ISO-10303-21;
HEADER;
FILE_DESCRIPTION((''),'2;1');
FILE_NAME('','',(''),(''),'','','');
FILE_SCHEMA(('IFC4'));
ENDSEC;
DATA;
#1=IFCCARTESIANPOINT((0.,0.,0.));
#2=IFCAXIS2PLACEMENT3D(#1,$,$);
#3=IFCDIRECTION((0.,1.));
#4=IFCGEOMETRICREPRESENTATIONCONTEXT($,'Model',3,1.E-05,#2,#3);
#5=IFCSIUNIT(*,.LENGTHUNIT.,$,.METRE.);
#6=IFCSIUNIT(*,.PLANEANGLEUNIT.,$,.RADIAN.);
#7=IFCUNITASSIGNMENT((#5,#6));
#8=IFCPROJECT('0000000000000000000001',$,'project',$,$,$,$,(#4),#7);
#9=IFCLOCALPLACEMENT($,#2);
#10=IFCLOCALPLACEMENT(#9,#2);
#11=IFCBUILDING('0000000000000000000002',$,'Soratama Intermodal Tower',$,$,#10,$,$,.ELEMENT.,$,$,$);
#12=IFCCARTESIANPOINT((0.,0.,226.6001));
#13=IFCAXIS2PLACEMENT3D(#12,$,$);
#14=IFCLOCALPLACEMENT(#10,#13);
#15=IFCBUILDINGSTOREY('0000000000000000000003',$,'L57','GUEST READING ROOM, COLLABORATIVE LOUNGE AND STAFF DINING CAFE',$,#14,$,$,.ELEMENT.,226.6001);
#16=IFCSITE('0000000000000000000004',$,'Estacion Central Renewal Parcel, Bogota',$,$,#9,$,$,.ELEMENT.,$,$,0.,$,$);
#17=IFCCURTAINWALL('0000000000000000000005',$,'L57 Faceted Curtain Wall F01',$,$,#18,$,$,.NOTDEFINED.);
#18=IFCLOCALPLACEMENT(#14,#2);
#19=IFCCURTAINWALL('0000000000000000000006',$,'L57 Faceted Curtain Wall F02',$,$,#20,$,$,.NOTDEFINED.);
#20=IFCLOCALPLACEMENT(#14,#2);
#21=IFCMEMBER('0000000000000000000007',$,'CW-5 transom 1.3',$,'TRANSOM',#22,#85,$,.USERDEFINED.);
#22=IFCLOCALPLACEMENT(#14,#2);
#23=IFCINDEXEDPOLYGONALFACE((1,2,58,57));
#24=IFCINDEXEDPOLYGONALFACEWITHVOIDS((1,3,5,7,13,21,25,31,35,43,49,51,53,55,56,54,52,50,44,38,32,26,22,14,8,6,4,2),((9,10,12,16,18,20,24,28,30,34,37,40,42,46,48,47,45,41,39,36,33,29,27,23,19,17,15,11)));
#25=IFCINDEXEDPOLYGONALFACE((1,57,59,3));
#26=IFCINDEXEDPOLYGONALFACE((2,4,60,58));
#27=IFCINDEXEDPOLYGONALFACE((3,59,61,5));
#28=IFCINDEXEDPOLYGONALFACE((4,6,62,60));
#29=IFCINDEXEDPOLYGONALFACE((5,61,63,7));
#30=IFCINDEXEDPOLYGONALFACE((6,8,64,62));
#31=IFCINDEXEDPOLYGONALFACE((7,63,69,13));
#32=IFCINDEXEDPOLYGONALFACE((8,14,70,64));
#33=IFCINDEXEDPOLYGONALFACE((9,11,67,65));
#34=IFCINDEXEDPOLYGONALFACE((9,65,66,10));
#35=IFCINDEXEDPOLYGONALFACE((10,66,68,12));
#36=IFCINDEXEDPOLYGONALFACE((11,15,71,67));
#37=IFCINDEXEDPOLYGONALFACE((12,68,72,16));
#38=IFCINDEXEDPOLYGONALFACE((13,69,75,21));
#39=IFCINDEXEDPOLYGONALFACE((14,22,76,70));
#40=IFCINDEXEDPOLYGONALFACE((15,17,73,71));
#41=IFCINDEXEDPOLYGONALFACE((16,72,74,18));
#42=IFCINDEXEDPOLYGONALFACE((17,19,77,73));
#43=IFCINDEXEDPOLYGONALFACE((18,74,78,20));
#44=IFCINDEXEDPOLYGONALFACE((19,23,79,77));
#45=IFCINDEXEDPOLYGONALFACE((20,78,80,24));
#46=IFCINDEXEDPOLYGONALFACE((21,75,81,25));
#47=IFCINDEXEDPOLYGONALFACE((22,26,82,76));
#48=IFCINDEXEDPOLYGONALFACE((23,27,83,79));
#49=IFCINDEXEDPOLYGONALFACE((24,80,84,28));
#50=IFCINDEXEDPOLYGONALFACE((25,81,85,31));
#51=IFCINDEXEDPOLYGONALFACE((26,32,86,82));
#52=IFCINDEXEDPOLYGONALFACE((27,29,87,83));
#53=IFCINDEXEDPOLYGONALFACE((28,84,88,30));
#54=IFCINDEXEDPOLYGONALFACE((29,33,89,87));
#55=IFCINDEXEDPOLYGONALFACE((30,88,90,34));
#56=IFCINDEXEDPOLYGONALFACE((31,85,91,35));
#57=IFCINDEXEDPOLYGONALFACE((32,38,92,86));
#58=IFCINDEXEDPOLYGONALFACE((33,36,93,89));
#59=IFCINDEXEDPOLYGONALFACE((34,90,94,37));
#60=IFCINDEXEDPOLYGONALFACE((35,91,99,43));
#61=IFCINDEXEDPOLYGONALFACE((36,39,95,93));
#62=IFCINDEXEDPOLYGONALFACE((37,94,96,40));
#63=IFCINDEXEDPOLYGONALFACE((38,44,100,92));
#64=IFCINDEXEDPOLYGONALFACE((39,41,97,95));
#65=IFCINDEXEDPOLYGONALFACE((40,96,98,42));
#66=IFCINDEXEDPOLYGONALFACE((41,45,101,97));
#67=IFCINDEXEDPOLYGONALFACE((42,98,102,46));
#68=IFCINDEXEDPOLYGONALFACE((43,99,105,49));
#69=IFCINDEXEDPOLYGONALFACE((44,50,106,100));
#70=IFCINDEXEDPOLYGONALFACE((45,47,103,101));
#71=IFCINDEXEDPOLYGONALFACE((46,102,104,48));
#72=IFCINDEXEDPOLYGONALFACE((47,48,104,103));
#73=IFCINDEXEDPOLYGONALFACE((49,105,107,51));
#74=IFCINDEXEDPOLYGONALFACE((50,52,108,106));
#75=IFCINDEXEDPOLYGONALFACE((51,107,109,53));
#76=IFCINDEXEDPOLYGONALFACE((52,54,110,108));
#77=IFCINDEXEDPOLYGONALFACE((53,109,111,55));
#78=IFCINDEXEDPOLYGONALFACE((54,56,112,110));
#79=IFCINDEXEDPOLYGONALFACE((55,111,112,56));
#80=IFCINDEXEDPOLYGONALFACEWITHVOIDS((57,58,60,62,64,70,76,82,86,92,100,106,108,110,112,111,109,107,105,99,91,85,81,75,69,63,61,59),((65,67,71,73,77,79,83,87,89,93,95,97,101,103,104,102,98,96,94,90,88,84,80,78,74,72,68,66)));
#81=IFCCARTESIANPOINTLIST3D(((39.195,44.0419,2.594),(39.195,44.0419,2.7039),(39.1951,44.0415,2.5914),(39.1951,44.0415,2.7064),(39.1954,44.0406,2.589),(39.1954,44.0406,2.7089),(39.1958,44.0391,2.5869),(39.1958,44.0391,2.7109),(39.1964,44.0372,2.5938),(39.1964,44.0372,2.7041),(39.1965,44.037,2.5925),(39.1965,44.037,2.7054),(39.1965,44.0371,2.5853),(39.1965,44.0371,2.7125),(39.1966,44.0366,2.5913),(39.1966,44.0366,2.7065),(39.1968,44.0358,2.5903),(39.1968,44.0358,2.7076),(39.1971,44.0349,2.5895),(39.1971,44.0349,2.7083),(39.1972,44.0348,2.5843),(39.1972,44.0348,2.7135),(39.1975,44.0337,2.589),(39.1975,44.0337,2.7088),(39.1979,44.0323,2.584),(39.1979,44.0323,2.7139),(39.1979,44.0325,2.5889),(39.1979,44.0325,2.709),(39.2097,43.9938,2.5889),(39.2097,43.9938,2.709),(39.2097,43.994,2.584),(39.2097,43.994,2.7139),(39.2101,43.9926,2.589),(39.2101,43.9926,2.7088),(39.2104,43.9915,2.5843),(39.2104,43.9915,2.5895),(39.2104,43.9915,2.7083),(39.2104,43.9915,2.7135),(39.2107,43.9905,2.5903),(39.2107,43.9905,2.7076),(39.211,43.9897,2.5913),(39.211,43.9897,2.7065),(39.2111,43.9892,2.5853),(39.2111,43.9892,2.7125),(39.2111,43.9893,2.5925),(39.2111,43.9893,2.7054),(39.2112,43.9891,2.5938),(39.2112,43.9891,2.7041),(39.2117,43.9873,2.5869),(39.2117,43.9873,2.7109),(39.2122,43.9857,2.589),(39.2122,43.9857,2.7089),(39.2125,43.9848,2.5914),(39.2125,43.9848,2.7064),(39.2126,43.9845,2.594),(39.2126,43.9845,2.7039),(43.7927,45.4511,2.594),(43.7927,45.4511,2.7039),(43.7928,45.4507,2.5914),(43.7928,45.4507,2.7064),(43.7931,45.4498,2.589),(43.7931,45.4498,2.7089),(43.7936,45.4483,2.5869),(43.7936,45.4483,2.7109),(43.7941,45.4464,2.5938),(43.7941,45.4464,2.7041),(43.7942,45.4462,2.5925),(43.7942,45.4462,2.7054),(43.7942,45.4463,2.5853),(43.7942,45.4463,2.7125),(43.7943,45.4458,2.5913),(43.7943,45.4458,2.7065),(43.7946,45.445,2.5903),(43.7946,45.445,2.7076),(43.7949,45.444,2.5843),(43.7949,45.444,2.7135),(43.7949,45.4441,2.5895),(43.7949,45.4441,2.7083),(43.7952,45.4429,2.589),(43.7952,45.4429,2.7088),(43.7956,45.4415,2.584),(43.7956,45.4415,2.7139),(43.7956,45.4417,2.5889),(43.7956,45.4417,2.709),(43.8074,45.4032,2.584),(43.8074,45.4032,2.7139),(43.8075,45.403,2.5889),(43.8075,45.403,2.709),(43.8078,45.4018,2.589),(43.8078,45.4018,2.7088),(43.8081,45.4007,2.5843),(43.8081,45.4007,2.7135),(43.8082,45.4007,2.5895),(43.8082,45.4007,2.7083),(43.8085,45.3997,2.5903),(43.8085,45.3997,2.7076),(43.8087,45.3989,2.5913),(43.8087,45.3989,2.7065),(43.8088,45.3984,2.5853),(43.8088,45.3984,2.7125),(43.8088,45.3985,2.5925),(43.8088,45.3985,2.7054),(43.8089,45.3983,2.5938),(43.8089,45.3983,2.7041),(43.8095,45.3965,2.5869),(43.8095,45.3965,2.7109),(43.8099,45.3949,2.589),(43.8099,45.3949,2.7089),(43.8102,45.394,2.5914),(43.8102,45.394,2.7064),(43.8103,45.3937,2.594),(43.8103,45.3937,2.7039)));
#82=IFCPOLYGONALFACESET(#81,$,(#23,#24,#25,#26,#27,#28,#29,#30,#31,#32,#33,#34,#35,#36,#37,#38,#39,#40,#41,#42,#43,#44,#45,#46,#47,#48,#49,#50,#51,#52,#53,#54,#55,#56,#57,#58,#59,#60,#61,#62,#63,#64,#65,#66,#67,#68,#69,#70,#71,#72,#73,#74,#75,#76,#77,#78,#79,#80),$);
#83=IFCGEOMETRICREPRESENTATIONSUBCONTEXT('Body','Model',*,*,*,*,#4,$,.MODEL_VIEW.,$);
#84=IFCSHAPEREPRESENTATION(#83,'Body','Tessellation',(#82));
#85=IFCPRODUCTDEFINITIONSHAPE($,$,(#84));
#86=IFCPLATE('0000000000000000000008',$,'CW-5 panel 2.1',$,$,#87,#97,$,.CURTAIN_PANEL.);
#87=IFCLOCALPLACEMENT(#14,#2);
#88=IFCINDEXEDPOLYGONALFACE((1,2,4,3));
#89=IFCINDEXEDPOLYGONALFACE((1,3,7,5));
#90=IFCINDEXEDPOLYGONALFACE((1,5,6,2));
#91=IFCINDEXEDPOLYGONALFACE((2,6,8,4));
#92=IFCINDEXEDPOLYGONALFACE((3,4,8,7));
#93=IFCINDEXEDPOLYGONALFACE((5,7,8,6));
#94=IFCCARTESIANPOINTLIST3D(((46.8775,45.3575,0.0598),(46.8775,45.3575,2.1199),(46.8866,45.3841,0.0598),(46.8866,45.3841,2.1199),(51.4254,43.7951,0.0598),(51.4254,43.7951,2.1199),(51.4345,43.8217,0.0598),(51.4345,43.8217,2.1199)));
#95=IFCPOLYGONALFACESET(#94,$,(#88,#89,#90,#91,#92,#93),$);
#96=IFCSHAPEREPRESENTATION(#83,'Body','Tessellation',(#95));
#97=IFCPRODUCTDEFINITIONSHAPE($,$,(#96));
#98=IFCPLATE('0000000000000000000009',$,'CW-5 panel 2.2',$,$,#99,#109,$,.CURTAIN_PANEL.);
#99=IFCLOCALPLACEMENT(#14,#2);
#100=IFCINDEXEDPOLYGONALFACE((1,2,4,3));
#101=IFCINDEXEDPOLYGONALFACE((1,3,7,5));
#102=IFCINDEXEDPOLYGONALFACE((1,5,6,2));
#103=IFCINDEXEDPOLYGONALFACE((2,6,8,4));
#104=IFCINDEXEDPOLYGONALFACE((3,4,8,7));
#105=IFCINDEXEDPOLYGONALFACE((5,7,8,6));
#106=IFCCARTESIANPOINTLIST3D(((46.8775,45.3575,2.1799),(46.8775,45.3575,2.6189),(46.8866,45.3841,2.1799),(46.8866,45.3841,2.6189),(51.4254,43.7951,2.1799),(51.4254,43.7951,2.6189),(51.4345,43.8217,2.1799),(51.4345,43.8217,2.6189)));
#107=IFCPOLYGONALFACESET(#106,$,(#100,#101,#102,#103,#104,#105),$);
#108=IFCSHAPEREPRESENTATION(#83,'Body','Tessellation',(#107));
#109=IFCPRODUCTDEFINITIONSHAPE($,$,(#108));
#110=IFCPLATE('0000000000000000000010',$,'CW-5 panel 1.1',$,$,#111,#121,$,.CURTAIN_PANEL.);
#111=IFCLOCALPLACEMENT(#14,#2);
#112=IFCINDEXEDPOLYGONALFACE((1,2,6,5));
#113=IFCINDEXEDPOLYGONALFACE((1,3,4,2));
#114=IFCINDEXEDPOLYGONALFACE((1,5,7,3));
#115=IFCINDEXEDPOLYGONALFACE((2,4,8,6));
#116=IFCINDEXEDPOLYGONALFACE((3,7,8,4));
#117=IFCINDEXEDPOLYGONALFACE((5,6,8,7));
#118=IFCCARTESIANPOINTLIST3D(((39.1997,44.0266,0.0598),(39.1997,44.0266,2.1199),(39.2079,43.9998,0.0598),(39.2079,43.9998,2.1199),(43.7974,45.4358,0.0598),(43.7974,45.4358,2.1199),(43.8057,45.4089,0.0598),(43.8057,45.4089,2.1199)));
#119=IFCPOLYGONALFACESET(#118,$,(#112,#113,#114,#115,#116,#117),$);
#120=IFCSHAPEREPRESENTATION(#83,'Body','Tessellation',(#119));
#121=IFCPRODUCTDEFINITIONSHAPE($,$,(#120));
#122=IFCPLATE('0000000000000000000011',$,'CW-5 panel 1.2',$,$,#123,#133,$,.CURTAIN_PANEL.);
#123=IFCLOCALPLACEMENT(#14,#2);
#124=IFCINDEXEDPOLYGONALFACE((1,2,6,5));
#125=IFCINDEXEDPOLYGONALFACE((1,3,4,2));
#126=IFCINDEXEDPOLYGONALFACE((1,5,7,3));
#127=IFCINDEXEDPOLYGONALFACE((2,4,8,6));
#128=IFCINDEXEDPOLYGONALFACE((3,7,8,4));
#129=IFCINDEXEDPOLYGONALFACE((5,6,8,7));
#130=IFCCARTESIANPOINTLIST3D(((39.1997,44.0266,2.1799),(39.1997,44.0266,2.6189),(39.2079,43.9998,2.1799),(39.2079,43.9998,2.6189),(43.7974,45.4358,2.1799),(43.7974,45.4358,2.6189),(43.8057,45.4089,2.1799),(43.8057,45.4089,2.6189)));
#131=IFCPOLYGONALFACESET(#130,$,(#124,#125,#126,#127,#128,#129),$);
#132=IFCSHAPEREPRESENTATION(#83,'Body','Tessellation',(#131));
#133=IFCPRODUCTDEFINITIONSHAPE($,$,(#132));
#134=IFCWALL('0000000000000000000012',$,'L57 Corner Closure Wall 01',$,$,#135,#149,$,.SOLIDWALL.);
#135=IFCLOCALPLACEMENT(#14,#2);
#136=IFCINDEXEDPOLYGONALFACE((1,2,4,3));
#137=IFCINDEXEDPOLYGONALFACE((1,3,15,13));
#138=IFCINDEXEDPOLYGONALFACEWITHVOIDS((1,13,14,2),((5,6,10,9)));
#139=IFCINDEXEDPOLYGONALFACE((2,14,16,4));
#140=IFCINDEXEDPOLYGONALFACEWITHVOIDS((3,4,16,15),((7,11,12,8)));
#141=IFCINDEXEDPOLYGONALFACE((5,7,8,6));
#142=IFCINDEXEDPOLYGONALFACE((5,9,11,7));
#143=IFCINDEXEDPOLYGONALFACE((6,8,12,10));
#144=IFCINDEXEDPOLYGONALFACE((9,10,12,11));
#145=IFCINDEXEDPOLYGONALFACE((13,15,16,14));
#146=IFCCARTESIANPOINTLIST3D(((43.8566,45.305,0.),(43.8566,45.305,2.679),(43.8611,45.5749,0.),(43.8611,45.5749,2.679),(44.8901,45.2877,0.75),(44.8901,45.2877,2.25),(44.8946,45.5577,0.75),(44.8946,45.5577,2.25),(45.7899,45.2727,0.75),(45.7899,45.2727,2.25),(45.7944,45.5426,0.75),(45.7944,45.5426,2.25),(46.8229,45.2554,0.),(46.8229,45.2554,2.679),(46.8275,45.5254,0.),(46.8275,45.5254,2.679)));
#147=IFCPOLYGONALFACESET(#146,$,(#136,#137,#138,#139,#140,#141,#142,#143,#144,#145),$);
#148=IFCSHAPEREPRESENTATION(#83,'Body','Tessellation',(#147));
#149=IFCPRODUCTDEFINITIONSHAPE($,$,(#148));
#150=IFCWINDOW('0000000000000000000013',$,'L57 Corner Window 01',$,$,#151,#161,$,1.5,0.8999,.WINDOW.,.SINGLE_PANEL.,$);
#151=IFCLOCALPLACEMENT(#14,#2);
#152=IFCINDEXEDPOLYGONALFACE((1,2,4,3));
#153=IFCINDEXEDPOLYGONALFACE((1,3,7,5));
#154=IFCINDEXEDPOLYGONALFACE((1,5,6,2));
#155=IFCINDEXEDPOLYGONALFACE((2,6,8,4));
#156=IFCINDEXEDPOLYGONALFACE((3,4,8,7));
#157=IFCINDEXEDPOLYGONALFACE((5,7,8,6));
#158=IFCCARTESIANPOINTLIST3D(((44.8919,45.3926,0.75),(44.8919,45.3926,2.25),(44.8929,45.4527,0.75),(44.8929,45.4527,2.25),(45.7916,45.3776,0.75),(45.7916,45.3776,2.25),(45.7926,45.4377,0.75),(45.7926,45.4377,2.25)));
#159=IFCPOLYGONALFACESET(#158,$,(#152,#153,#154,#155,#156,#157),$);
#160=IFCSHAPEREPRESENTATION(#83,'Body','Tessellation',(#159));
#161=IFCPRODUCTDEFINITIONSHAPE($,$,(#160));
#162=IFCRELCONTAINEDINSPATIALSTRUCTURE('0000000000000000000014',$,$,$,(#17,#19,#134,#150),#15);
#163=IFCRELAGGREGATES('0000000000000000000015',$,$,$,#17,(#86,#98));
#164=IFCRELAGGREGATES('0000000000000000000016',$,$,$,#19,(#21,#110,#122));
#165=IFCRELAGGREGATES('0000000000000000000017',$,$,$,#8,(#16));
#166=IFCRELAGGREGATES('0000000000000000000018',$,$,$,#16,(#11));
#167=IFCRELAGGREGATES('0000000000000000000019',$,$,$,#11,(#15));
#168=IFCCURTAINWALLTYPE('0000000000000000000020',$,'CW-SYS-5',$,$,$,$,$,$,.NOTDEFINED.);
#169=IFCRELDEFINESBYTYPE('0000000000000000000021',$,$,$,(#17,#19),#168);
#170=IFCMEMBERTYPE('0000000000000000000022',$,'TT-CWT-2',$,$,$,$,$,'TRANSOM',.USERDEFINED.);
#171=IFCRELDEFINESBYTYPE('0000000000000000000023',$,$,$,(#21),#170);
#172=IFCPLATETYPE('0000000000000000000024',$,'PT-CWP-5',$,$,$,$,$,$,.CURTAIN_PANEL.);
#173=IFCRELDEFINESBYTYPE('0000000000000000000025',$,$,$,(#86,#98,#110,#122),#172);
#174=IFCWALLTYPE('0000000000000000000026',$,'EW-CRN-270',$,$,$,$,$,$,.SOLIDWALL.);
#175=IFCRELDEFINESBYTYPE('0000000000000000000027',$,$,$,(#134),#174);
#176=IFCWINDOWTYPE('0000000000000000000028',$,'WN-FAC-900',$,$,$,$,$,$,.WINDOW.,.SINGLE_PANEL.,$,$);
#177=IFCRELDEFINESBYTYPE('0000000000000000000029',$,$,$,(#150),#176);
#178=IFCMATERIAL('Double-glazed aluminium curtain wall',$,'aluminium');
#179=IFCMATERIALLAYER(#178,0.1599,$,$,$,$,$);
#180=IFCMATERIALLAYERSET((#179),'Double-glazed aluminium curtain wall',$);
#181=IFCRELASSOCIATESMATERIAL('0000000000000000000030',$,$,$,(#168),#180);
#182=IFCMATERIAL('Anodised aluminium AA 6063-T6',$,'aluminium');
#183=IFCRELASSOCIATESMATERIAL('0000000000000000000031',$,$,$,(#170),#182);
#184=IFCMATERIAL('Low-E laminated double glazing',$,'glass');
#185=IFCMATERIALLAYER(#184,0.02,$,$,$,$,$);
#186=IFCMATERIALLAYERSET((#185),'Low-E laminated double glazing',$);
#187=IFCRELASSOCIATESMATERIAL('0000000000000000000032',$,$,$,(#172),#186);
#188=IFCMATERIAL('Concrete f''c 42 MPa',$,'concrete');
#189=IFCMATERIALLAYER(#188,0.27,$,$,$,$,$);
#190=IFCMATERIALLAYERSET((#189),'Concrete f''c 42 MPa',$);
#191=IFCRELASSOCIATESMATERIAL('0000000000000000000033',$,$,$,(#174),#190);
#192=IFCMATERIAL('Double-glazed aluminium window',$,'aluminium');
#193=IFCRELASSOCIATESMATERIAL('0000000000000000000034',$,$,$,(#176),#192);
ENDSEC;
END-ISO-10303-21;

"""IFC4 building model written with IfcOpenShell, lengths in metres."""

from ifc_helpers import new_model, si_unit, direction, frame, frame_2d, origin, origin_2d, place, context, subcontext, project, spatial, rectangle, hollow_rectangle, extrude, material, layer, layer_set, material_profile, profile_set, type_object, element, fill, aggregate, save


model = new_model("IFC4")

# Units and contexts
model_context = context("Model", 3, precision=1e-05, world=origin(), true_north=direction((0.0, 1.0)))
body_context = subcontext(model_context, "Body", "Model", "MODEL_VIEW")
ifc_project = project(units=[si_unit("LENGTHUNIT", "METRE"), si_unit("PLANEANGLEUNIT", "RADIAN")], contexts=[model_context])

# Site, building, storey
site_placement = place(None, origin())
site = spatial("IfcSite", under=ifc_project, at=site_placement, Name="Estacion Central Renewal Parcel, Bogota", CompositionType="ELEMENT", RefElevation=0.0)
building_placement = place(site_placement, origin())
building = spatial("IfcBuilding", under=site, at=building_placement, Name="Soratama Intermodal Tower", CompositionType="ELEMENT")
storey_placement = place(building_placement, frame((0.0, 0.0, 226.6001)))
storey = spatial("IfcBuildingStorey", under=building, at=storey_placement, Name="L57", Description="GUEST READING ROOM, COLLABORATIVE LOUNGE AND STAFF DINING CAFE", CompositionType="ELEMENT", Elevation=226.6001)

# Curtain wall
ifc_material_1 = material(Name="Double-glazed aluminium curtain wall", Category="aluminium")
ifc_layer_1 = layer(ifc_material_1, 0.1599)
ifc_layer_set_1 = layer_set([ifc_layer_1], Name="Double-glazed aluminium curtain wall")
curtain_wall_type = type_object("IfcCurtainWallType", Name="CW-SYS-5", PredefinedType="NOTDEFINED", material=ifc_layer_set_1)
curtain_wall_1_placement = place(storey_placement, origin())
curtain_wall_1 = element("IfcCurtainWall", 1, at=curtain_wall_1_placement, inside=storey, type_object=curtain_wall_type, Name="L57 Faceted Curtain Wall F01", PredefinedType="NOTDEFINED")

# Curtain wall, member
curtain_wall_2_placement = place(storey_placement, origin())
curtain_wall_2 = element("IfcCurtainWall", 2, at=curtain_wall_2_placement, inside=storey, type_object=curtain_wall_type, Name="L57 Faceted Curtain Wall F02", PredefinedType="NOTDEFINED")
ifc_material_2 = material(Name="Anodised aluminium AA 6063-T6", Category="aluminium")
ifc_material_profile_1 = material_profile(ifc_material_2, hollow_rectangle(XDim=0.0601, YDim=0.1299, WallThickness=0.0049, InnerFilletRadius=0.0049, OuterFilletRadius=0.01, at=origin_2d()), Name="CWT130X60X5")
ifc_profile_set_1 = profile_set([ifc_material_profile_1], Name="Anodised aluminium AA 6063-T6")
member_type_1 = type_object("IfcMemberType", Name="TT-CWT-2", ElementType="TRANSOM", PredefinedType="USERDEFINED", material=ifc_profile_set_1)
member_1_placement = place(storey_placement, frame((43.8015, 45.4224, 2.6489), z_axis=(-0.956099, -0.293044, 0.0), x_axis=(0.293044, -0.956099, 0.0)))
member_1 = element("IfcMember", 3, at=member_1_placement, type_object=member_type_1, Name="CW-5 transom 1.3", ObjectType="TRANSOM", PredefinedType="USERDEFINED", context=body_context, shape_type="SweptSolid", body=[
    extrude(hollow_rectangle(XDim=0.0601, YDim=0.1299, WallThickness=0.0049, InnerFilletRadius=0.0049, OuterFilletRadius=0.01, at=origin_2d()), origin(), (0.0, 0.0, 1.0), 4.8088),
])

# Plates
ifc_material_3 = material(Name="Low-E laminated double glazing", Category="glass")
ifc_layer_2 = layer(ifc_material_3, 0.02)
ifc_layer_set_2 = layer_set([ifc_layer_2], Name="Low-E laminated double glazing")
plate_type = type_object("IfcPlateType", Name="PT-CWP-5", PredefinedType="CURTAIN_PANEL", material=ifc_layer_set_2)
plate_1_placement = place(storey_placement, frame((49.156, 44.5896, 0.0598), z_axis=(0.0, 0.0, 1.0), x_axis=(-0.945747, 0.324904, 0.0)))
plate_1 = element("IfcPlate", 4, at=plate_1_placement, type_object=plate_type, Name="CW-5 panel 2.1", PredefinedType="CURTAIN_PANEL", context=body_context, shape_type="SweptSolid", body=[
    extrude(rectangle(XDim=4.8088, YDim=0.0281, at=origin_2d()), origin(), (0.0, 0.0, 1.0), 2.0601),
])
plate_2_placement = place(storey_placement, frame((49.156, 44.5896, 2.1799), z_axis=(0.0, 0.0, 1.0), x_axis=(-0.945747, 0.324904, 0.0)))
plate_2 = element("IfcPlate", 5, at=plate_2_placement, type_object=plate_type, Name="CW-5 panel 2.2", PredefinedType="CURTAIN_PANEL", context=body_context, shape_type="SweptSolid", body=[
    extrude(rectangle(XDim=4.8088, YDim=0.0281, at=origin_2d()), origin(), (0.0, 0.0, 1.0), 0.439),
])
aggregate(curtain_wall_1, [plate_1, plate_2])
plate_3_placement = place(storey_placement, frame((41.5027, 44.7178, 0.0598), z_axis=(0.0, 0.0, 1.0), x_axis=(-0.9561, -0.293041, 0.0)))
plate_3 = element("IfcPlate", 6, at=plate_3_placement, type_object=plate_type, Name="CW-5 panel 1.1", PredefinedType="CURTAIN_PANEL", context=body_context, shape_type="SweptSolid", body=[
    extrude(rectangle(XDim=4.8088, YDim=0.0281, at=origin_2d()), origin(), (0.0, 0.0, 1.0), 2.0601),
])
plate_4_placement = place(storey_placement, frame((41.5027, 44.7178, 2.1799), z_axis=(0.0, 0.0, 1.0), x_axis=(-0.9561, -0.293041, 0.0)))
plate_4 = element("IfcPlate", 7, at=plate_4_placement, type_object=plate_type, Name="CW-5 panel 1.2", PredefinedType="CURTAIN_PANEL", context=body_context, shape_type="SweptSolid", body=[
    extrude(rectangle(XDim=4.8088, YDim=0.0281, at=origin_2d()), origin(), (0.0, 0.0, 1.0), 0.439),
])
aggregate(curtain_wall_2, [member_1, plate_3, plate_4])

# Wall, opening, window
ifc_material_4 = material(Name="Concrete f'c 42 MPa", Category="concrete")
ifc_layer_3 = layer(ifc_material_4, 0.27)
ifc_layer_set_3 = layer_set([ifc_layer_3], Name="Concrete f'c 42 MPa")
wall_type_1 = type_object("IfcWallType", Name="EW-CRN-270", PredefinedType="SOLIDWALL", material=ifc_layer_set_3)
wall_1_placement = place(storey_placement, frame((46.8252, 45.3904, 0.0), z_axis=(0.0, 0.0, 1.0), x_axis=(-0.99986, 0.016705, 0.0)))
wall_1 = element("IfcWall", 8, at=wall_1_placement, inside=storey, type_object=wall_type_1, Name="L57 Corner Closure Wall 01", PredefinedType="SOLIDWALL", context=body_context, shape_type="SweptSolid", body=[
    extrude(rectangle(XDim=2.9668, YDim=0.27, at=frame_2d((1.4834, 0.0))), origin(), (0.0, 0.0, 1.0), 2.679),
])
opening_1_placement = place(wall_1_placement, frame((1.0332, 0.0, 0.75)))
opening_1 = element("IfcOpeningElement", 9, at=opening_1_placement, cuts=wall_1, PredefinedType="OPENING", context=body_context, shape_type="SweptSolid", body=[
    extrude(rectangle(XDim=0.8999, YDim=1.5, at=frame_2d((0.45, 0.75))), frame((0.0, 0.145, 0.0), z_axis=(0.0, -1.0, 0.0), x_axis=(1.0, 0.0, 0.0)), (0.0, 0.0, 1.0), 0.29),
])
ifc_material_5 = material(Name="Double-glazed aluminium window", Category="aluminium")
window_type = type_object("IfcWindowType", Name="WN-FAC-900", PartitioningType="SINGLE_PANEL", PredefinedType="WINDOW", material=ifc_material_5)
window_placement = place(opening_1_placement, origin())
window = element("IfcWindow", 10, at=window_placement, inside=storey, type_object=window_type, Name="L57 Corner Window 01", OverallHeight=1.5, OverallWidth=0.8999, PartitioningType="SINGLE_PANEL", PredefinedType="WINDOW", context=body_context, shape_type="SweptSolid", body=[
    extrude(rectangle(XDim=0.8999, YDim=1.5, at=frame_2d((0.45, 0.75))), frame((0.0, 0.03, 0.0), z_axis=(0.0, -1.0, 0.0), x_axis=(1.0, 0.0, 0.0)), (0.0, 0.0, 1.0), 0.0601),
])
fill(opening_1, window)

save(model, "model.ifc")
